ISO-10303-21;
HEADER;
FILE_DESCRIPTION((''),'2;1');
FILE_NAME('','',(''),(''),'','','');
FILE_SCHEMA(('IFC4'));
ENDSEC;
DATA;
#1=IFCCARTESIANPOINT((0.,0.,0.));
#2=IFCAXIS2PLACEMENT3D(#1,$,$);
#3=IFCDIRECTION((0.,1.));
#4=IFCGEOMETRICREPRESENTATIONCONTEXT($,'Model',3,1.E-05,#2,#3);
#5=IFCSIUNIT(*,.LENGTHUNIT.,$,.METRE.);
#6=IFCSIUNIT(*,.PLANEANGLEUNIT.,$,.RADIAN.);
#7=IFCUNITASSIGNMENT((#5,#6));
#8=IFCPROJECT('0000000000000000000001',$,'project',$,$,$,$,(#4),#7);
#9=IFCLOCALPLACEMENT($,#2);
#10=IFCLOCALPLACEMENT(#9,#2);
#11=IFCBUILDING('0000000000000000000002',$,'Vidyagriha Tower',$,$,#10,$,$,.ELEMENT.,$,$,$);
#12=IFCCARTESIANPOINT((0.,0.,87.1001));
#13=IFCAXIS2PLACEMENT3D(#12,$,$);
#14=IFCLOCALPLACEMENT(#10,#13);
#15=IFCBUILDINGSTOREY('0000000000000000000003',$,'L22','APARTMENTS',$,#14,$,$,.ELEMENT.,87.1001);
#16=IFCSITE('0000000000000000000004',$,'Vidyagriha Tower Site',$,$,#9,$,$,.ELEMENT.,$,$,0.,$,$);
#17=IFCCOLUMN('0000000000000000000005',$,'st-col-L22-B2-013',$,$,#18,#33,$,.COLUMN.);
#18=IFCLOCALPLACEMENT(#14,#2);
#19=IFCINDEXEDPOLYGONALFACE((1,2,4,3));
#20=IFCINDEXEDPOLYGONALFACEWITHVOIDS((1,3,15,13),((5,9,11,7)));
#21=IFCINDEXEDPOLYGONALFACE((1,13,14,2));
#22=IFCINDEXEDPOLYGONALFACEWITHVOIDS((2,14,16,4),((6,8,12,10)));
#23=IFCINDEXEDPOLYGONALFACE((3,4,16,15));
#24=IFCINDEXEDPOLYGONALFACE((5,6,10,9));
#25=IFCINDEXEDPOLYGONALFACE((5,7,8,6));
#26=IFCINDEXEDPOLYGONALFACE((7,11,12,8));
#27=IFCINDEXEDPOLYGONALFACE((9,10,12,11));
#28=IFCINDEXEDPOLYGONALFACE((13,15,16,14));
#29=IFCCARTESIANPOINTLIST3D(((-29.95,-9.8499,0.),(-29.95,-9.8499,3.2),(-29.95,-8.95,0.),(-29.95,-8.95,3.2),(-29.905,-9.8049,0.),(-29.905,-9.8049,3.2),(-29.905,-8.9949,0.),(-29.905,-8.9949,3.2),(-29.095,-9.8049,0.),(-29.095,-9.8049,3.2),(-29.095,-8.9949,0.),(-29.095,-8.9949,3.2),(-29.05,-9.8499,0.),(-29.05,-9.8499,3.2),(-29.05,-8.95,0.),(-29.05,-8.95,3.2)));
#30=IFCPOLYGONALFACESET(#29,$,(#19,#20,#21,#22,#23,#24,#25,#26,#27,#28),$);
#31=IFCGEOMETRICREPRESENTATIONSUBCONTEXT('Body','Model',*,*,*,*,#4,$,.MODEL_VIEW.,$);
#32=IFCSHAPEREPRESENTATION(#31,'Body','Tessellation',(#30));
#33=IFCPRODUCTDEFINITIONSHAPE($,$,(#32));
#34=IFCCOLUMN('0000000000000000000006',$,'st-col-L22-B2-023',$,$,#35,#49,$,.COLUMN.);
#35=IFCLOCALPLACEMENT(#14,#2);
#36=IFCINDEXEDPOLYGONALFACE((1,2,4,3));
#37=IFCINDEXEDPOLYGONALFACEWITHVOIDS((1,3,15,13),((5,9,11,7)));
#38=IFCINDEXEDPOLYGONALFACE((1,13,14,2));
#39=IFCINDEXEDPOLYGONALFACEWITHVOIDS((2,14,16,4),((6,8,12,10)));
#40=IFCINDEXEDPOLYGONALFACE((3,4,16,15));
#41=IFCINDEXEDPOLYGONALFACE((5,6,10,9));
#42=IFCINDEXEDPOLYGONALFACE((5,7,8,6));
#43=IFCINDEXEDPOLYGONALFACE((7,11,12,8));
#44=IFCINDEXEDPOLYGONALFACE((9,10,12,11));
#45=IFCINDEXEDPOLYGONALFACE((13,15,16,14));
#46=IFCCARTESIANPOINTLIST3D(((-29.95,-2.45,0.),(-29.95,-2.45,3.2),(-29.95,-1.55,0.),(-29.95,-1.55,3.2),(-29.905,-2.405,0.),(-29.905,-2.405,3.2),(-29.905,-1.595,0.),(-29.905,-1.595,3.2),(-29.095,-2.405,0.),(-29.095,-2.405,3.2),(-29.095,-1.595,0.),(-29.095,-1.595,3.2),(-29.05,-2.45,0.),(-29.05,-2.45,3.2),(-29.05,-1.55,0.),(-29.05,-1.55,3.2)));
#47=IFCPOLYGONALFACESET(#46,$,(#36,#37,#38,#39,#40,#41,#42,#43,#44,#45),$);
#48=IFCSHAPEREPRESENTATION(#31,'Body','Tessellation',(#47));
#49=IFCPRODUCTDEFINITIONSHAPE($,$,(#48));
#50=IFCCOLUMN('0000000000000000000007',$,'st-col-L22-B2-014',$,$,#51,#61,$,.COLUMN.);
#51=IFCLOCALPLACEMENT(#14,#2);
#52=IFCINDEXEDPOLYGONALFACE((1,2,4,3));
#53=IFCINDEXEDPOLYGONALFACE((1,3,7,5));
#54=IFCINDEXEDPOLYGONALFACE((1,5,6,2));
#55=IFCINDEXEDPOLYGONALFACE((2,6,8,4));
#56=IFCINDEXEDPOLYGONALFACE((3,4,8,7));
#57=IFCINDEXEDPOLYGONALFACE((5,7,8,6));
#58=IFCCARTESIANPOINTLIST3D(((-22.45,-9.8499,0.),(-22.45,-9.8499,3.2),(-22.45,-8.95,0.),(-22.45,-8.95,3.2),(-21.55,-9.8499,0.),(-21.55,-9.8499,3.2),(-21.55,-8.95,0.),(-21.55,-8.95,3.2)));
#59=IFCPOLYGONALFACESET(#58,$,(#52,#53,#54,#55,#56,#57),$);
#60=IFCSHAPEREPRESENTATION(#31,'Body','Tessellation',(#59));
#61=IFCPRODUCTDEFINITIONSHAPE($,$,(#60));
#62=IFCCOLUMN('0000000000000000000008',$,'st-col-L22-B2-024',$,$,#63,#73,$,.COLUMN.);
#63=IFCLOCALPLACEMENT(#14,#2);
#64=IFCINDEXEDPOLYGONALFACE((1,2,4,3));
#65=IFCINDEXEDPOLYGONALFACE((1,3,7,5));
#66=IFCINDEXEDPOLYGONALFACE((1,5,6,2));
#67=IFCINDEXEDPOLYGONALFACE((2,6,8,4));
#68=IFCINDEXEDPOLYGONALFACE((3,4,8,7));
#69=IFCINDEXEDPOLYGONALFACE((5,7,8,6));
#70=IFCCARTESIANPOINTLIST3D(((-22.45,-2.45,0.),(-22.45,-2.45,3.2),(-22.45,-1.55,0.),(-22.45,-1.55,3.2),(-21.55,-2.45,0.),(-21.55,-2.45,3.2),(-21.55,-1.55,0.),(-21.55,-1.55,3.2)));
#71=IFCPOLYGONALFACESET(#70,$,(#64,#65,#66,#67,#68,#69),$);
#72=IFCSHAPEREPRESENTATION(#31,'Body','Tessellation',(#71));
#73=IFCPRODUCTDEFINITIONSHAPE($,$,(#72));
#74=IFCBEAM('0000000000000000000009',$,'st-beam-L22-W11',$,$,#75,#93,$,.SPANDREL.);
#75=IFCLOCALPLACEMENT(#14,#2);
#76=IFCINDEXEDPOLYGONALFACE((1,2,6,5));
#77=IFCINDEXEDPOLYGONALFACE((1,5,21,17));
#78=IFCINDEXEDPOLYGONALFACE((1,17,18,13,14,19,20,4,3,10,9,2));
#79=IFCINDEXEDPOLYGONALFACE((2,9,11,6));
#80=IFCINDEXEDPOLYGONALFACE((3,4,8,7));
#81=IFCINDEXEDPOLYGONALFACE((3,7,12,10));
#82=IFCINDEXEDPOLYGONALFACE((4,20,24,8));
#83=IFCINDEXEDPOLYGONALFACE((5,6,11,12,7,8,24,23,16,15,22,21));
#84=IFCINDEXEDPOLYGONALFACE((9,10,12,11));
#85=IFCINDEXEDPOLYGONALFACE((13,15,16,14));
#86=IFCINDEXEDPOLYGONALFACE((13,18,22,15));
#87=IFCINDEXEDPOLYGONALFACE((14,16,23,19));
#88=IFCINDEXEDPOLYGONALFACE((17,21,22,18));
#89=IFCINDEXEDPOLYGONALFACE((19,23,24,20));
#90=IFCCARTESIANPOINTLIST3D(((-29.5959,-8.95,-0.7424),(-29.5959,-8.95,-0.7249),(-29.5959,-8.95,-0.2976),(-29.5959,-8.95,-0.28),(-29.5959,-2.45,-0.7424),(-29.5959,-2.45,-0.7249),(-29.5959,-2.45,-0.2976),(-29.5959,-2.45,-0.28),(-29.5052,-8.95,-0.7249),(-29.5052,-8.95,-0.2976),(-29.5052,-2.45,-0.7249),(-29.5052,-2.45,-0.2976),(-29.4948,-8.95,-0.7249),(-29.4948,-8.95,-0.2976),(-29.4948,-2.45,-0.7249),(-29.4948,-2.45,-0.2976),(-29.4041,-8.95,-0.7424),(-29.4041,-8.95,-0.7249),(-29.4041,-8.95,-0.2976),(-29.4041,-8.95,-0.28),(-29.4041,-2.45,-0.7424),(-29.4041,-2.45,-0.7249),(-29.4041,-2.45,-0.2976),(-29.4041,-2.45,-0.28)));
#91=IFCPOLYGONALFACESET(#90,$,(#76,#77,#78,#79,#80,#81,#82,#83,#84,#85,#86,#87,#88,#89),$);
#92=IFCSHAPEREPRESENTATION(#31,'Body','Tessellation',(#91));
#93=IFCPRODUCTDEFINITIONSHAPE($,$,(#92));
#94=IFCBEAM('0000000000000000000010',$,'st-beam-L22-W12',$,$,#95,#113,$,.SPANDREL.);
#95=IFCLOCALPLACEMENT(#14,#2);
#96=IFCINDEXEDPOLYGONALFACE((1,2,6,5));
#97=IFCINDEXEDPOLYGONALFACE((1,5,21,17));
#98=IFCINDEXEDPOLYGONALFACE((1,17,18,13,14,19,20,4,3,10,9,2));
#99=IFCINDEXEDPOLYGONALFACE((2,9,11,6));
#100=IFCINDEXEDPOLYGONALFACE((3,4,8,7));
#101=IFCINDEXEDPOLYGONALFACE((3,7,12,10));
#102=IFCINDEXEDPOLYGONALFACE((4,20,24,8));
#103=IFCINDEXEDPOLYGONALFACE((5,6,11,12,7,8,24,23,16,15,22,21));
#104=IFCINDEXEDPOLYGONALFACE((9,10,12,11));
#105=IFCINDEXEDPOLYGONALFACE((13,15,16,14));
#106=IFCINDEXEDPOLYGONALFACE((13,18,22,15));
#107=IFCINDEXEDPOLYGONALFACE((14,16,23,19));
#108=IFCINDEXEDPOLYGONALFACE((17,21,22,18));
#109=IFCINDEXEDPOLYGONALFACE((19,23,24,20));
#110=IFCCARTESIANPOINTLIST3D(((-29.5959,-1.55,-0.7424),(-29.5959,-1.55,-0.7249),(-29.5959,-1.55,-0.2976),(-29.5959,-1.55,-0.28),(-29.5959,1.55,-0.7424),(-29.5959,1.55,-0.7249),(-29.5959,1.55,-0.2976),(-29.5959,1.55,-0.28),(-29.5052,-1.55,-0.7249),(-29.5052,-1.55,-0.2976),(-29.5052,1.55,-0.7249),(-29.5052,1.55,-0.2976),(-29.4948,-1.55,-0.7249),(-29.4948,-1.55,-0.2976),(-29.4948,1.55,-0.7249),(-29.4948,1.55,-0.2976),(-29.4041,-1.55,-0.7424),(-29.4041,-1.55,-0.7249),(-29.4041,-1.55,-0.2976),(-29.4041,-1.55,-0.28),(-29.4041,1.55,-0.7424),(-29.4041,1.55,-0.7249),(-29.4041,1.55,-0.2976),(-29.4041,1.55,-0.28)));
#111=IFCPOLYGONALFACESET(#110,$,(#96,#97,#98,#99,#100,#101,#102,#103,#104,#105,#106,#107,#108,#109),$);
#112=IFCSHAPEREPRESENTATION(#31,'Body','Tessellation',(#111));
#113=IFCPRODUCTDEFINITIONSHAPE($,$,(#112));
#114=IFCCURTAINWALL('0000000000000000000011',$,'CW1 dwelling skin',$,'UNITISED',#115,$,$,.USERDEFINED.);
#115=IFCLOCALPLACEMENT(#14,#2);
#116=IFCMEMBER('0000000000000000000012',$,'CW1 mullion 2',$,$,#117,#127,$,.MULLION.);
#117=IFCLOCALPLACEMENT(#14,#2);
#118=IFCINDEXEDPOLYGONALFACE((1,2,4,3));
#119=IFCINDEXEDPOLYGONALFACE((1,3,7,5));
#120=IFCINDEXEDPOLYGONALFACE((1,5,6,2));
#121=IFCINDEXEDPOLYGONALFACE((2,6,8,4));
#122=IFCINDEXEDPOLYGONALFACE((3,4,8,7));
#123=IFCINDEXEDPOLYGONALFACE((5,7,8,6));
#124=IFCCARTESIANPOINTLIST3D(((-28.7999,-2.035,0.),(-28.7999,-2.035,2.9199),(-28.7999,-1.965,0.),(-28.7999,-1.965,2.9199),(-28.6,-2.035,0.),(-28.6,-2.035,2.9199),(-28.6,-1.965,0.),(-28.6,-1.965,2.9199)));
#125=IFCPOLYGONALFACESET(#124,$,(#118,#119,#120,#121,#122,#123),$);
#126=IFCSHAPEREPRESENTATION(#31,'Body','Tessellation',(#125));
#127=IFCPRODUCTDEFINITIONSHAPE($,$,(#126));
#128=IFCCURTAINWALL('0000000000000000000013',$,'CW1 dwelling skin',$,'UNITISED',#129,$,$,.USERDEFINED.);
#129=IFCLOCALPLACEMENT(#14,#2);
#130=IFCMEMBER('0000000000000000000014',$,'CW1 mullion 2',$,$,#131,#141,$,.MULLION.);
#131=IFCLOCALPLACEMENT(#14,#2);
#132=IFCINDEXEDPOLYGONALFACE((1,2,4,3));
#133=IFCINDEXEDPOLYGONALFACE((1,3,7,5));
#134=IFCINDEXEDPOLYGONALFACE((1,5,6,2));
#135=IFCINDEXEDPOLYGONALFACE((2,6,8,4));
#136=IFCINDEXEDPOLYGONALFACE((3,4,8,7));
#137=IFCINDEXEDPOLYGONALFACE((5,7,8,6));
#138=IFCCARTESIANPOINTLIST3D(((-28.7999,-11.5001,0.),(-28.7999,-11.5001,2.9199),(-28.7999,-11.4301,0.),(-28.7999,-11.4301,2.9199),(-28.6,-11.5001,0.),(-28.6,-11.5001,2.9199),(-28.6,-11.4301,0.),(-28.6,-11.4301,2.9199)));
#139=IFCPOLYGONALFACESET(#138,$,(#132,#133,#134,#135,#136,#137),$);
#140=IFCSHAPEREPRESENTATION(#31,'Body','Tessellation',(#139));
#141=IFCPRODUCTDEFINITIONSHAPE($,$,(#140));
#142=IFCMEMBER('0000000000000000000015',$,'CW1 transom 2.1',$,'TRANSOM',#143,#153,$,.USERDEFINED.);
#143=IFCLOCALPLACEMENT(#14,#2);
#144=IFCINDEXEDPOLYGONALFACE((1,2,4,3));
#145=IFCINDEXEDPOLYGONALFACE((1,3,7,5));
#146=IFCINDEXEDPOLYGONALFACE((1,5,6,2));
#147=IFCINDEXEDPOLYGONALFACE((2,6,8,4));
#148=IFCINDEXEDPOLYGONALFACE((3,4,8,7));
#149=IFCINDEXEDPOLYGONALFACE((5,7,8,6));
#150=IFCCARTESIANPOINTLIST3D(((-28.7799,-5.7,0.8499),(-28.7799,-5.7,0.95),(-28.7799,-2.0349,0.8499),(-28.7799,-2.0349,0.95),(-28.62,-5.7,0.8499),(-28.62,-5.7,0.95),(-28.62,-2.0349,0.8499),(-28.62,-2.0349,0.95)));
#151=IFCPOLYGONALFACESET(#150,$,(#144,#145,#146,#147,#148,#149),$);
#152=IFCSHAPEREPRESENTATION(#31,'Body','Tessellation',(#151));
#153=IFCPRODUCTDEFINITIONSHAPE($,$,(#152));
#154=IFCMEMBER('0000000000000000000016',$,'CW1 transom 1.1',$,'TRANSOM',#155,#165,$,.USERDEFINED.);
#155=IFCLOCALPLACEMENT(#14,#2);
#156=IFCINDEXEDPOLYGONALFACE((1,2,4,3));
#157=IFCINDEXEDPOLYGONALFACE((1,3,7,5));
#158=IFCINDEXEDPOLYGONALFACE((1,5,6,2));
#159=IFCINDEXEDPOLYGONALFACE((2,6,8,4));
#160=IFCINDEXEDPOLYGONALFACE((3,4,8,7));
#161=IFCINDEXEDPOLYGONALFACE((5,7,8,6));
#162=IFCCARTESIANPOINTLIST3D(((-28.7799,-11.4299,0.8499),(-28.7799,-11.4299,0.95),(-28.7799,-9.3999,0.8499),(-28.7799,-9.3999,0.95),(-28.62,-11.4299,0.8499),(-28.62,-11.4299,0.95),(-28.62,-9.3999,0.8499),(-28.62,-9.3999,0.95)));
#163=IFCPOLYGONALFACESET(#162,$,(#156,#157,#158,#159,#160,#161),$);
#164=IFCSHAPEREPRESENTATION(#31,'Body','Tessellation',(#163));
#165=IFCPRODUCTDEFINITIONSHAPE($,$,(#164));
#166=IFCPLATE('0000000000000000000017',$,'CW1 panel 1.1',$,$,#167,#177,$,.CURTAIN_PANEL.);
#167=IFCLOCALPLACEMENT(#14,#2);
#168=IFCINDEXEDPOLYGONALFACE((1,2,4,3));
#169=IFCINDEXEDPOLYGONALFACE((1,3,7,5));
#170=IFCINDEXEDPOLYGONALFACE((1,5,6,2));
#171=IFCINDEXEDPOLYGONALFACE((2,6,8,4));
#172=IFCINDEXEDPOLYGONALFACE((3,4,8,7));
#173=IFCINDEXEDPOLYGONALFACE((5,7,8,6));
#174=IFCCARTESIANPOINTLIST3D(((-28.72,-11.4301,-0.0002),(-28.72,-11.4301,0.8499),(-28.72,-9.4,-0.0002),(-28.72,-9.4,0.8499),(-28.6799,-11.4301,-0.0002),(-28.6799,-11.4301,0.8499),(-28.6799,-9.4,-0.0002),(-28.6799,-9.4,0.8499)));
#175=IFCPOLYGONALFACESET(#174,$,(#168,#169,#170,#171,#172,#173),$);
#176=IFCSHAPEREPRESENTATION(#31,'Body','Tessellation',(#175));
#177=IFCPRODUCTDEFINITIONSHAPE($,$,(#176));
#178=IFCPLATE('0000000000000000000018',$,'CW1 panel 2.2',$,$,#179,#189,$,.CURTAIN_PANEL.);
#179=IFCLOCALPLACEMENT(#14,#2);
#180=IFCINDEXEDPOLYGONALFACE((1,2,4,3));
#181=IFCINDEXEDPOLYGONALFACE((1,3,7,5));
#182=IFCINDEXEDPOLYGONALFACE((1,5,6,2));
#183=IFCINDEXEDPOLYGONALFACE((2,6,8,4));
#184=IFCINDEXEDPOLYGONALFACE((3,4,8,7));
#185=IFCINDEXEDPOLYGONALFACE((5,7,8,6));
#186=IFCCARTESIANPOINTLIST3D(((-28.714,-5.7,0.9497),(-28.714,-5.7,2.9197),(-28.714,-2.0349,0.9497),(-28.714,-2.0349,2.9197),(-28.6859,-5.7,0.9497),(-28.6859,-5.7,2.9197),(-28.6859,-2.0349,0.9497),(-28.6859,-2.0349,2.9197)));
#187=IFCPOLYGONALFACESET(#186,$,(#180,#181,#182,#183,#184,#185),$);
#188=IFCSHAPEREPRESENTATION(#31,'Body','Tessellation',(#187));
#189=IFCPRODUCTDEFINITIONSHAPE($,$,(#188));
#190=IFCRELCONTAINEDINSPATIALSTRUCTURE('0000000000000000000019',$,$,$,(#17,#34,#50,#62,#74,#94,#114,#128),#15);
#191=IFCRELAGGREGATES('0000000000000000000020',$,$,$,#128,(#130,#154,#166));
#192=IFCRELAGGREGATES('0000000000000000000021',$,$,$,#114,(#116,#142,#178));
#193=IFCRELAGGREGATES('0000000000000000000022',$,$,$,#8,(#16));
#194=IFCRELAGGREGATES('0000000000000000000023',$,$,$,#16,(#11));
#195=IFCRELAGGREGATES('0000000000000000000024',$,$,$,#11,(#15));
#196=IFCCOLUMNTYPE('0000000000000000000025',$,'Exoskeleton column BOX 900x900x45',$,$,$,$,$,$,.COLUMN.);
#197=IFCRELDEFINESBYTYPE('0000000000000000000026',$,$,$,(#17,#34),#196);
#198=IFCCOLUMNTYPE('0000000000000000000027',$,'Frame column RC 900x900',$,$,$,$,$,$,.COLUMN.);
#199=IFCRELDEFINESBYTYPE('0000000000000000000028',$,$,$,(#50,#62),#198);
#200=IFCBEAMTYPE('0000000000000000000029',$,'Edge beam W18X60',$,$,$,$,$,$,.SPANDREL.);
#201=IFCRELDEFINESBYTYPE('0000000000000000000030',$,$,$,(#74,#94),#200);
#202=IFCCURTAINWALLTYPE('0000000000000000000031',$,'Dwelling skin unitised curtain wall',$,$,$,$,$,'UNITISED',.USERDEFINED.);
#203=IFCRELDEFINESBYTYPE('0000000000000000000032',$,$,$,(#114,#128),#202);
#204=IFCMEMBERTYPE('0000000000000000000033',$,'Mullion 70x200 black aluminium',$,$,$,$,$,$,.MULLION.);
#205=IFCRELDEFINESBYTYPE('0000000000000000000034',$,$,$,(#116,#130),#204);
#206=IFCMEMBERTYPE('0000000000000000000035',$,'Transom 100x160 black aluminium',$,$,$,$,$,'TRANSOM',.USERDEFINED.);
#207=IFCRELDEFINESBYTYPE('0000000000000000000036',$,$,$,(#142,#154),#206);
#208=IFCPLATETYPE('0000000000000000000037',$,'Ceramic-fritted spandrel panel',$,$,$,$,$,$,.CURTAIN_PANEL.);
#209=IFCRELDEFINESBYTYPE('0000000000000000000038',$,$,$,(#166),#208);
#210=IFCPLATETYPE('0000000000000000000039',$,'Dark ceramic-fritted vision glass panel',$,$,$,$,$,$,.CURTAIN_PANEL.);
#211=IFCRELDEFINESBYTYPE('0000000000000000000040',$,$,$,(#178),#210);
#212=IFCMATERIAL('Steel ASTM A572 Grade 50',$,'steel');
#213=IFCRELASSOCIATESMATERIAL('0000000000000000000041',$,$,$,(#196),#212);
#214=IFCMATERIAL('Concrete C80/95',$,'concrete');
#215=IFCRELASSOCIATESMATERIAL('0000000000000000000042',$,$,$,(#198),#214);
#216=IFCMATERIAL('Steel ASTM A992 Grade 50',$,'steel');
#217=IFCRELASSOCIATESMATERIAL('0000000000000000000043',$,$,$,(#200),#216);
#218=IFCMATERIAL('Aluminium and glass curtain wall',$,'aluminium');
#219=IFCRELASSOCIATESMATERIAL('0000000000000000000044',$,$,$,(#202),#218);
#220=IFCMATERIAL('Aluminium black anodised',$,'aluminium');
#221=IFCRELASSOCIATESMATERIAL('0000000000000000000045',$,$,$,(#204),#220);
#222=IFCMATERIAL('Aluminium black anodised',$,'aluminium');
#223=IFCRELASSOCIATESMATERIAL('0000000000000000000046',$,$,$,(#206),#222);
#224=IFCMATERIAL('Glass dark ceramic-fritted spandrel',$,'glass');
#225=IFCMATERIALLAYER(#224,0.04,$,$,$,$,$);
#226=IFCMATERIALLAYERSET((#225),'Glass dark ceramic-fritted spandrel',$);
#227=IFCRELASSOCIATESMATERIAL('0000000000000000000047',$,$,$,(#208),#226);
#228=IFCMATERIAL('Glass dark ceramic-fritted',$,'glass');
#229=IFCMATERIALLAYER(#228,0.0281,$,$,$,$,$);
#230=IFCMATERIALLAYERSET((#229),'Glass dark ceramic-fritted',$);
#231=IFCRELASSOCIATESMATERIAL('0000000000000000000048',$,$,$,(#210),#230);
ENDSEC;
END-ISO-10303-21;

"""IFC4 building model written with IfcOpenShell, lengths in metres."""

from ifc_helpers import new_model, si_unit, direction, frame, origin, origin_2d, place, context, subcontext, project, spatial, rectangle, hollow_rectangle, i_section, extrude, material, layer, layer_set, material_profile, profile_set, type_object, element, aggregate, save


model = new_model("IFC4")

# Units and contexts
model_context = context("Model", 3, precision=1e-05, world=origin(), true_north=direction((0.0, 1.0)))
body_context = subcontext(model_context, "Body", "Model", "MODEL_VIEW")
ifc_project = project(units=[si_unit("LENGTHUNIT", "METRE"), si_unit("PLANEANGLEUNIT", "RADIAN")], contexts=[model_context])

# Site, building, storey
site_placement = place(None, origin())
site = spatial("IfcSite", under=ifc_project, at=site_placement, Name="Vidyagriha Tower Site", CompositionType="ELEMENT", RefElevation=0.0)
building_placement = place(site_placement, origin())
building = spatial("IfcBuilding", under=site, at=building_placement, Name="Vidyagriha Tower", CompositionType="ELEMENT")
storey_placement = place(building_placement, frame((0.0, 0.0, 87.1001)))
storey = spatial("IfcBuildingStorey", under=building, at=storey_placement, Name="L22", Description="APARTMENTS", CompositionType="ELEMENT", Elevation=87.1001)

# Columns
ifc_material_1 = material(Name="Steel ASTM A572 Grade 50", Category="steel")
ifc_material_profile_1 = material_profile(ifc_material_1, hollow_rectangle(XDim=0.8999, YDim=0.8999, WallThickness=0.0449, at=origin_2d()), Name="BOX 900x900x45")
ifc_profile_set_1 = profile_set([ifc_material_profile_1], Name="Steel ASTM A572 Grade 50")
column_type_1 = type_object("IfcColumnType", Name="Exoskeleton column BOX 900x900x45", PredefinedType="COLUMN", material=ifc_profile_set_1)
for number, where, name in (
    (1, (-29.5, -9.3999, 0.0), "st-col-L22-B2-013"),
    (2, (-29.5, -2.0, 0.0), "st-col-L22-B2-023"),
):
    element("IfcColumn", number, at=place(storey_placement, frame(where)), inside=storey, type_object=column_type_1, Name=name, PredefinedType="COLUMN", context=body_context, shape_type="SweptSolid", body=[
        extrude(hollow_rectangle(XDim=0.8999, YDim=0.8999, WallThickness=0.0449, at=origin_2d()), origin(), (0.0, 0.0, 1.0), 3.2),
    ])
ifc_material_2 = material(Name="Concrete C80/95", Category="concrete")
ifc_material_profile_2 = material_profile(ifc_material_2, rectangle(XDim=0.8999, YDim=0.8999, at=origin_2d()), Name="RC 900x900")
ifc_profile_set_2 = profile_set([ifc_material_profile_2], Name="Concrete C80/95")
column_type_2 = type_object("IfcColumnType", Name="Frame column RC 900x900", PredefinedType="COLUMN", material=ifc_profile_set_2)
for number, where, name in (
    (3, (-22.0, -9.3999, 0.0), "st-col-L22-B2-014"),
    (4, (-22.0, -2.0, 0.0), "st-col-L22-B2-024"),
):
    element("IfcColumn", number, at=place(storey_placement, frame(where)), inside=storey, type_object=column_type_2, Name=name, PredefinedType="COLUMN", context=body_context, shape_type="SweptSolid", body=[
        extrude(rectangle(XDim=0.8999, YDim=0.8999, at=origin_2d()), origin(), (0.0, 0.0, 1.0), 3.2),
    ])

# Beams
ifc_material_3 = material(Name="Steel ASTM A992 Grade 50", Category="steel")
ifc_material_profile_3 = material_profile(ifc_material_3, i_section(OverallWidth=0.1919, OverallDepth=0.4624, WebThickness=0.0105, FlangeThickness=0.0176, at=origin_2d()), Name="W18X60")
ifc_profile_set_3 = profile_set([ifc_material_profile_3], Name="Steel ASTM A992 Grade 50")
beam_type = type_object("IfcBeamType", Name="Edge beam W18X60", PredefinedType="SPANDREL", material=ifc_profile_set_3)
beam_1_placement = place(storey_placement, frame((-29.5, -8.95, -0.5112), z_axis=(0.0, 1.0, 0.0), x_axis=(-1.0, 0.0, 0.0)))
element("IfcBeam", 5, at=beam_1_placement, inside=storey, type_object=beam_type, Name="st-beam-L22-W11", PredefinedType="SPANDREL", context=body_context, shape_type="SweptSolid", body=[
    extrude(i_section(OverallWidth=0.1919, OverallDepth=0.4624, WebThickness=0.0105, FlangeThickness=0.0176, at=origin_2d()), origin(), (0.0, 0.0, 1.0), 6.5),
])
beam_2_placement = place(storey_placement, frame((-29.5, -1.55, -0.5112), z_axis=(0.0, 1.0, 0.0), x_axis=(-1.0, 0.0, 0.0)))
element("IfcBeam", 6, at=beam_2_placement, inside=storey, type_object=beam_type, Name="st-beam-L22-W12", PredefinedType="SPANDREL", context=body_context, shape_type="SweptSolid", body=[
    extrude(i_section(OverallWidth=0.1919, OverallDepth=0.4624, WebThickness=0.0105, FlangeThickness=0.0176, at=origin_2d()), origin(), (0.0, 0.0, 1.0), 3.1001),
])

# Curtain walls, members
ifc_material_4 = material(Name="Aluminium and glass curtain wall", Category="aluminium")
curtain_wall_type = type_object("IfcCurtainWallType", Name="Dwelling skin unitised curtain wall", ElementType="UNITISED", PredefinedType="USERDEFINED", material=ifc_material_4)
curtain_wall_1_placement = place(storey_placement, origin())
curtain_wall_1 = element("IfcCurtainWall", 7, at=curtain_wall_1_placement, inside=storey, type_object=curtain_wall_type, Name="CW1 dwelling skin", ObjectType="UNITISED", PredefinedType="USERDEFINED")
ifc_material_5 = material(Name="Aluminium black anodised", Category="aluminium")
ifc_material_profile_4 = material_profile(ifc_material_5, rectangle(XDim=0.2, YDim=0.0701, at=origin_2d()), Name="Mullion 70x200 black aluminium")
ifc_profile_set_4 = profile_set([ifc_material_profile_4], Name="Aluminium black anodised")
member_type_1 = type_object("IfcMemberType", Name="Mullion 70x200 black aluminium", PredefinedType="MULLION", material=ifc_profile_set_4)
member_1_placement = place(storey_placement, frame((-28.7, -2.0, 0.0)))
member_1 = element("IfcMember", 8, at=member_1_placement, type_object=member_type_1, Name="CW1 mullion 2", PredefinedType="MULLION", context=body_context, shape_type="SweptSolid", body=[
    extrude(rectangle(XDim=0.2, YDim=0.0701, at=origin_2d()), origin(), (0.0, 0.0, 1.0), 2.9199),
])
curtain_wall_2_placement = place(storey_placement, origin())
curtain_wall_2 = element("IfcCurtainWall", 9, at=curtain_wall_2_placement, inside=storey, type_object=curtain_wall_type, Name="CW1 dwelling skin", ObjectType="UNITISED", PredefinedType="USERDEFINED")
member_2_placement = place(storey_placement, frame((-28.7, -11.4651, 0.0)))
member_2 = element("IfcMember", 10, at=member_2_placement, type_object=member_type_1, Name="CW1 mullion 2", PredefinedType="MULLION", context=body_context, shape_type="SweptSolid", body=[
    extrude(rectangle(XDim=0.2, YDim=0.0701, at=origin_2d()), origin(), (0.0, 0.0, 1.0), 2.9199),
])

# Members
ifc_material_6 = material(Name="Aluminium black anodised", Category="aluminium")
ifc_material_profile_5 = material_profile(ifc_material_6, rectangle(XDim=0.1599, YDim=0.1001, at=origin_2d()), Name="Transom 100x160 black aluminium")
ifc_profile_set_5 = profile_set([ifc_material_profile_5], Name="Aluminium black anodised")
member_type_2 = type_object("IfcMemberType", Name="Transom 100x160 black aluminium", ElementType="TRANSOM", PredefinedType="USERDEFINED", material=ifc_profile_set_5)
member_3_placement = place(storey_placement, frame((-28.7, -2.0349, 0.8999), z_axis=(0.0, -1.0, 0.0), x_axis=(1.0, 0.0, 0.0)))
member_3 = element("IfcMember", 11, at=member_3_placement, type_object=member_type_2, Name="CW1 transom 2.1", ObjectType="TRANSOM", PredefinedType="USERDEFINED", context=body_context, shape_type="SweptSolid", body=[
    extrude(rectangle(XDim=0.1599, YDim=0.1001, at=origin_2d()), origin(), (0.0, 0.0, 1.0), 3.665),
])
member_4_placement = place(storey_placement, frame((-28.7, -9.3999, 0.8999), z_axis=(0.0, -1.0, 0.0), x_axis=(1.0, 0.0, 0.0)))
member_4 = element("IfcMember", 12, at=member_4_placement, type_object=member_type_2, Name="CW1 transom 1.1", ObjectType="TRANSOM", PredefinedType="USERDEFINED", context=body_context, shape_type="SweptSolid", body=[
    extrude(rectangle(XDim=0.1599, YDim=0.1001, at=origin_2d()), origin(), (0.0, 0.0, 1.0), 2.03),
])

# Plates
ifc_material_7 = material(Name="Glass dark ceramic-fritted spandrel", Category="glass")
ifc_layer_1 = layer(ifc_material_7, 0.04)
ifc_layer_set_1 = layer_set([ifc_layer_1], Name="Glass dark ceramic-fritted spandrel")
plate_type_1 = type_object("IfcPlateType", Name="Ceramic-fritted spandrel panel", PredefinedType="CURTAIN_PANEL", material=ifc_layer_set_1)
plate_1_placement = place(storey_placement, frame((-28.7, -10.415, -0.0002), z_axis=(0.0, 0.0, 1.0), x_axis=(0.0, -1.0, 0.0)))
plate_1 = element("IfcPlate", 13, at=plate_1_placement, type_object=plate_type_1, Name="CW1 panel 1.1", PredefinedType="CURTAIN_PANEL", context=body_context, shape_type="SweptSolid", body=[
    extrude(rectangle(XDim=2.03, YDim=0.04, at=origin_2d()), origin(), (0.0, 0.0, 1.0), 0.8501),
])
ifc_material_8 = material(Name="Glass dark ceramic-fritted", Category="glass")
ifc_layer_2 = layer(ifc_material_8, 0.0281)
ifc_layer_set_2 = layer_set([ifc_layer_2], Name="Glass dark ceramic-fritted")
plate_type_2 = type_object("IfcPlateType", Name="Dark ceramic-fritted vision glass panel", PredefinedType="CURTAIN_PANEL", material=ifc_layer_set_2)
plate_2_placement = place(storey_placement, frame((-28.7, -3.8674, 0.9497), z_axis=(0.0, 0.0, 1.0), x_axis=(0.0, -1.0, 0.0)))
plate_2 = element("IfcPlate", 14, at=plate_2_placement, type_object=plate_type_2, Name="CW1 panel 2.2", PredefinedType="CURTAIN_PANEL", context=body_context, shape_type="SweptSolid", body=[
    extrude(rectangle(XDim=3.665, YDim=0.0281, at=origin_2d()), origin(), (0.0, 0.0, 1.0), 1.97),
])
aggregate(curtain_wall_2, [member_2, member_4, plate_1])
aggregate(curtain_wall_1, [member_1, member_3, plate_2])

save(model, "model.ifc")
